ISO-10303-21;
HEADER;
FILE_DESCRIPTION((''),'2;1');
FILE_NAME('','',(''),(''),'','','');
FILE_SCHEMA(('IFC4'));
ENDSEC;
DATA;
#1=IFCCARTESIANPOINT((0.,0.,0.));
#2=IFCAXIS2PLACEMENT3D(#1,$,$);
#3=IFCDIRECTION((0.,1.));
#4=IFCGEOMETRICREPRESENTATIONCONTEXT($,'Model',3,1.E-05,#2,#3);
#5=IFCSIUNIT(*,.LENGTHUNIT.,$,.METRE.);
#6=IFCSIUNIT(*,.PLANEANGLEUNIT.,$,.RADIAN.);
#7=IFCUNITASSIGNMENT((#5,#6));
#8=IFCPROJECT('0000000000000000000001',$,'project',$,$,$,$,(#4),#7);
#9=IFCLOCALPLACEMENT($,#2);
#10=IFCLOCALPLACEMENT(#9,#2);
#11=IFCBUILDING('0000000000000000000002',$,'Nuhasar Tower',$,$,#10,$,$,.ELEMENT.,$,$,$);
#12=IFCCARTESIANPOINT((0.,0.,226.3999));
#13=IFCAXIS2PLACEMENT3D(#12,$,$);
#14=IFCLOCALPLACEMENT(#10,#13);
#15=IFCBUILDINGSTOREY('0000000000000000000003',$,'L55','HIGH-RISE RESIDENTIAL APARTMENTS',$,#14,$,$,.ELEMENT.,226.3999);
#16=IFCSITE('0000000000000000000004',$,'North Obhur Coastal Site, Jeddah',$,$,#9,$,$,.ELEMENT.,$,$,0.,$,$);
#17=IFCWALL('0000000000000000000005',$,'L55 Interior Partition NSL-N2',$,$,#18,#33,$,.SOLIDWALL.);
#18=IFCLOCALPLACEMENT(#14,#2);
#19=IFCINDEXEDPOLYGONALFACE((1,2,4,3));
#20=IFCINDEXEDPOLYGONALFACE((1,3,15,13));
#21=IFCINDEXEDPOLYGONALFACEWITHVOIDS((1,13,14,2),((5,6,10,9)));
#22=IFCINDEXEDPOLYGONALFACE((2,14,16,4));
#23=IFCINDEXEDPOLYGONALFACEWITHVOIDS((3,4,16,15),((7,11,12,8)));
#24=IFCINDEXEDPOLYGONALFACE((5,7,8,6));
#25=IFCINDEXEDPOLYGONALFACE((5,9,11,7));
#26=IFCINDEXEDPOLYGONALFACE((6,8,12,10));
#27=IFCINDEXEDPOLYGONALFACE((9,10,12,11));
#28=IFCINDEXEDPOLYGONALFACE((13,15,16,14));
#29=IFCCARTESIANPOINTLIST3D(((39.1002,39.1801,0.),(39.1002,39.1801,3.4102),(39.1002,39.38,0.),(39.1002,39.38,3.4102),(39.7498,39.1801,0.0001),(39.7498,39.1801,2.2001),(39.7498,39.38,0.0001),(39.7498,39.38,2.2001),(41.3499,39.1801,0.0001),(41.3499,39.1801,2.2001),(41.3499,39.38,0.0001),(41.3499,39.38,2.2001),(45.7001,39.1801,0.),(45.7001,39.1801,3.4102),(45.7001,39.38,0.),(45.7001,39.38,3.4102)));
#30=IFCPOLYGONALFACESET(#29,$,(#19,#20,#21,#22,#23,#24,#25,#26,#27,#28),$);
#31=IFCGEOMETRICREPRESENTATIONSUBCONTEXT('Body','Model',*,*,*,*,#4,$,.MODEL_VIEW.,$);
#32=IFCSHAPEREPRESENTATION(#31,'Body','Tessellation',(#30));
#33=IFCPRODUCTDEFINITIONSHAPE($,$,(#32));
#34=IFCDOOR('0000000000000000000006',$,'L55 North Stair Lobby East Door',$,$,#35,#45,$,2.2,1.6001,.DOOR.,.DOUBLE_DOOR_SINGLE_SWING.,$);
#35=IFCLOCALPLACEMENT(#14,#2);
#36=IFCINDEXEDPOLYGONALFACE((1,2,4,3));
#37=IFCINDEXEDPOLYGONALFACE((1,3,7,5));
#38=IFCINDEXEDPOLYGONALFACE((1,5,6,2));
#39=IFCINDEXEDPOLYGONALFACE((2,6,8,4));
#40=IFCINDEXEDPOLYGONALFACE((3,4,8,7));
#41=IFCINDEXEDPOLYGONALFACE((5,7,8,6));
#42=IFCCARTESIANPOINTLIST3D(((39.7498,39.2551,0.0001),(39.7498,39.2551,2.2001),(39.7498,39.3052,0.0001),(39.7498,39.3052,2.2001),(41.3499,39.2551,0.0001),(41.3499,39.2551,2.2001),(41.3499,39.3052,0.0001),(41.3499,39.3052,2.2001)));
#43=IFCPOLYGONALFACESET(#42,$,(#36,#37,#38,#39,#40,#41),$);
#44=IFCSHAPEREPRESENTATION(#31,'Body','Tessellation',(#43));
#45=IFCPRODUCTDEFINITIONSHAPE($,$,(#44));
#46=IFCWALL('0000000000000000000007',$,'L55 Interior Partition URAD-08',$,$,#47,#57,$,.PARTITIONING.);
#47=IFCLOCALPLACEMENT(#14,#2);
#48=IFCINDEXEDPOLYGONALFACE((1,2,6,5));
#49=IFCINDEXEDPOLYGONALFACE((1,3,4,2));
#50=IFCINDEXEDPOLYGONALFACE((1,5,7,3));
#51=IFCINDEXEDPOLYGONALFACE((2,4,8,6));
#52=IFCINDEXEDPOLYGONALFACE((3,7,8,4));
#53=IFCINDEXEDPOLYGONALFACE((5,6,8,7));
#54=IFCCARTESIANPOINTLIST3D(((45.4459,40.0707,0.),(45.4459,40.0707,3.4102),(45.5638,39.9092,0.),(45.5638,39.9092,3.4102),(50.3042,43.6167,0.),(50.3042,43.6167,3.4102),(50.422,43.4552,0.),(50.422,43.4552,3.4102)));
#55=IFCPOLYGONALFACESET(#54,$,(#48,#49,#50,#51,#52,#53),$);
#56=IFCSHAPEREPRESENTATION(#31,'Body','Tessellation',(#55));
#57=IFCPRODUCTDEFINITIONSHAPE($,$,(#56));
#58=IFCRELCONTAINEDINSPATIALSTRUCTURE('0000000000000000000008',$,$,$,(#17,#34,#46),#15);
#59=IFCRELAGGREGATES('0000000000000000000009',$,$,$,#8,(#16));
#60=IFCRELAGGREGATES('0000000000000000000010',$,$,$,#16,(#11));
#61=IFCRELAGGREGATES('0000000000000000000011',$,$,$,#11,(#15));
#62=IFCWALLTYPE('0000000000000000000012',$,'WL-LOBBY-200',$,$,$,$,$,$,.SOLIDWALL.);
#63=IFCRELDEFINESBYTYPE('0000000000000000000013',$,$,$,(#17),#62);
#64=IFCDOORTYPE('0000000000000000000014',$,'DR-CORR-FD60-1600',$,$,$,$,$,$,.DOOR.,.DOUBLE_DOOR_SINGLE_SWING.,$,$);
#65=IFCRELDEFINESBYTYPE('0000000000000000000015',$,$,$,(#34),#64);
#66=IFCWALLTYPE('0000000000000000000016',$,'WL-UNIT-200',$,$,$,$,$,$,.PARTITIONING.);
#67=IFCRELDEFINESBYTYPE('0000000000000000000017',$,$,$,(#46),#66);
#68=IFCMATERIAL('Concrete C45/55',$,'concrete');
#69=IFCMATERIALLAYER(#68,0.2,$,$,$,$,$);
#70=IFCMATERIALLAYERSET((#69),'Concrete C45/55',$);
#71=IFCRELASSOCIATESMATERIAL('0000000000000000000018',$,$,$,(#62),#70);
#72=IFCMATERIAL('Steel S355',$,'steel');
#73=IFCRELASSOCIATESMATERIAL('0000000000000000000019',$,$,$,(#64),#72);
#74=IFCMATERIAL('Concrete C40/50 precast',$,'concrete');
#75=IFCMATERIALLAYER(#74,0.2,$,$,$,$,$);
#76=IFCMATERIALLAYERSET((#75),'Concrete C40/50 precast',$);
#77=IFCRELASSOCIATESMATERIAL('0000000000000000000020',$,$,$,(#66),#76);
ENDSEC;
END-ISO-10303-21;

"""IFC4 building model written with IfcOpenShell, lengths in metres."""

from ifc_helpers import new_model, si_unit, direction, frame, frame_2d, origin, place, context, subcontext, project, spatial, rectangle, extrude, material, layer, layer_set, type_object, element, fill, save


model = new_model("IFC4")

# Units and contexts
model_context = context("Model", 3, precision=1e-05, world=origin(), true_north=direction((0.0, 1.0)))
body_context = subcontext(model_context, "Body", "Model", "MODEL_VIEW")
ifc_project = project(units=[si_unit("LENGTHUNIT", "METRE"), si_unit("PLANEANGLEUNIT", "RADIAN")], contexts=[model_context])

# Site, building, storey
site_placement = place(None, origin())
site = spatial("IfcSite", under=ifc_project, at=site_placement, Name="North Obhur Coastal Site, Jeddah", CompositionType="ELEMENT", RefElevation=0.0)
building_placement = place(site_placement, origin())
building = spatial("IfcBuilding", under=site, at=building_placement, Name="Nuhasar Tower", CompositionType="ELEMENT")
storey_placement = place(building_placement, frame((0.0, 0.0, 226.3999)))
storey = spatial("IfcBuildingStorey", under=building, at=storey_placement, Name="L55", Description="HIGH-RISE RESIDENTIAL APARTMENTS", CompositionType="ELEMENT", Elevation=226.3999)

# Shared definitions
ifc_material_1 = material(Name="Steel S355", Category="steel")

# Shared definitions
ifc_material_2 = material(Name="Concrete C45/55", Category="concrete")
ifc_layer_1 = layer(ifc_material_2, 0.2)
ifc_layer_set_1 = layer_set([ifc_layer_1], Name="Concrete C45/55")
wall_type_1 = type_object("IfcWallType", Name="WL-LOBBY-200", PredefinedType="SOLIDWALL", material=ifc_layer_set_1)

# Wall, opening, door
wall_1_placement = place(storey_placement, frame((45.7, 39.28, 0.0), z_axis=(0.0, 0.0, 1.0), x_axis=(-1.0, 0.0, 0.0)))
wall_1 = element("IfcWall", 1, at=wall_1_placement, inside=storey, type_object=wall_type_1, Name="L55 Interior Partition NSL-N2", PredefinedType="SOLIDWALL", context=body_context, shape_type="SweptSolid", body=[
    extrude(rectangle(XDim=6.5999, YDim=0.2, at=frame_2d((3.2998, 0.0))), origin(), (0.0, 0.0, 1.0), 3.4102),
])
opening_1_placement = place(wall_1_placement, frame((4.3501, 0.0, 0.0)))
opening_1 = element("IfcOpeningElement", 2, at=opening_1_placement, cuts=wall_1, PredefinedType="OPENING", context=body_context, shape_type="SweptSolid", body=[
    extrude(rectangle(XDim=1.6001, YDim=2.2, at=frame_2d((0.8, 1.1001))), frame((0.0, 0.1099, 0.0), z_axis=(0.0, -1.0, 0.0), x_axis=(1.0, 0.0, 0.0)), (0.0, 0.0, 1.0), 0.22),
])
door_type_1 = type_object("IfcDoorType", Name="DR-CORR-FD60-1600", OperationType="DOUBLE_DOOR_SINGLE_SWING", PredefinedType="DOOR", material=ifc_material_1)
door_1_placement = place(opening_1_placement, origin())
door_1 = element("IfcDoor", 3, at=door_1_placement, inside=storey, type_object=door_type_1, Name="L55 North Stair Lobby East Door", OperationType="DOUBLE_DOOR_SINGLE_SWING", OverallHeight=2.2, OverallWidth=1.6001, PredefinedType="DOOR", context=body_context, shape_type="SweptSolid", body=[
    extrude(rectangle(XDim=1.6001, YDim=2.2, at=frame_2d((0.8, 1.1001))), frame((0.0, 0.0249, 0.0), z_axis=(0.0, -1.0, 0.0), x_axis=(1.0, 0.0, 0.0)), (0.0, 0.0, 1.0), 0.05),
])
fill(opening_1, door_1)

# Wall
ifc_material_3 = material(Name="Concrete C40/50 precast", Category="concrete")
ifc_layer_2 = layer(ifc_material_3, 0.2)
ifc_layer_set_2 = layer_set([ifc_layer_2], Name="Concrete C40/50 precast")
wall_type_2 = type_object("IfcWallType", Name="WL-UNIT-200", PredefinedType="PARTITIONING", material=ifc_layer_set_2)
wall_2_placement = place(storey_placement, frame((45.5049, 39.99, 0.0), z_axis=(0.0, 0.0, 1.0), x_axis=(0.807731, 0.589551, 0.0)))
element("IfcWall", 4, at=wall_2_placement, inside=storey, type_object=wall_type_2, Name="L55 Interior Partition URAD-08", PredefinedType="PARTITIONING", context=body_context, shape_type="SweptSolid", body=[
    extrude(rectangle(XDim=6.0146, YDim=0.2, at=frame_2d((3.0073, 0.0))), origin(), (0.0, 0.0, 1.0), 3.4102),
])

save(model, "model.ifc")
